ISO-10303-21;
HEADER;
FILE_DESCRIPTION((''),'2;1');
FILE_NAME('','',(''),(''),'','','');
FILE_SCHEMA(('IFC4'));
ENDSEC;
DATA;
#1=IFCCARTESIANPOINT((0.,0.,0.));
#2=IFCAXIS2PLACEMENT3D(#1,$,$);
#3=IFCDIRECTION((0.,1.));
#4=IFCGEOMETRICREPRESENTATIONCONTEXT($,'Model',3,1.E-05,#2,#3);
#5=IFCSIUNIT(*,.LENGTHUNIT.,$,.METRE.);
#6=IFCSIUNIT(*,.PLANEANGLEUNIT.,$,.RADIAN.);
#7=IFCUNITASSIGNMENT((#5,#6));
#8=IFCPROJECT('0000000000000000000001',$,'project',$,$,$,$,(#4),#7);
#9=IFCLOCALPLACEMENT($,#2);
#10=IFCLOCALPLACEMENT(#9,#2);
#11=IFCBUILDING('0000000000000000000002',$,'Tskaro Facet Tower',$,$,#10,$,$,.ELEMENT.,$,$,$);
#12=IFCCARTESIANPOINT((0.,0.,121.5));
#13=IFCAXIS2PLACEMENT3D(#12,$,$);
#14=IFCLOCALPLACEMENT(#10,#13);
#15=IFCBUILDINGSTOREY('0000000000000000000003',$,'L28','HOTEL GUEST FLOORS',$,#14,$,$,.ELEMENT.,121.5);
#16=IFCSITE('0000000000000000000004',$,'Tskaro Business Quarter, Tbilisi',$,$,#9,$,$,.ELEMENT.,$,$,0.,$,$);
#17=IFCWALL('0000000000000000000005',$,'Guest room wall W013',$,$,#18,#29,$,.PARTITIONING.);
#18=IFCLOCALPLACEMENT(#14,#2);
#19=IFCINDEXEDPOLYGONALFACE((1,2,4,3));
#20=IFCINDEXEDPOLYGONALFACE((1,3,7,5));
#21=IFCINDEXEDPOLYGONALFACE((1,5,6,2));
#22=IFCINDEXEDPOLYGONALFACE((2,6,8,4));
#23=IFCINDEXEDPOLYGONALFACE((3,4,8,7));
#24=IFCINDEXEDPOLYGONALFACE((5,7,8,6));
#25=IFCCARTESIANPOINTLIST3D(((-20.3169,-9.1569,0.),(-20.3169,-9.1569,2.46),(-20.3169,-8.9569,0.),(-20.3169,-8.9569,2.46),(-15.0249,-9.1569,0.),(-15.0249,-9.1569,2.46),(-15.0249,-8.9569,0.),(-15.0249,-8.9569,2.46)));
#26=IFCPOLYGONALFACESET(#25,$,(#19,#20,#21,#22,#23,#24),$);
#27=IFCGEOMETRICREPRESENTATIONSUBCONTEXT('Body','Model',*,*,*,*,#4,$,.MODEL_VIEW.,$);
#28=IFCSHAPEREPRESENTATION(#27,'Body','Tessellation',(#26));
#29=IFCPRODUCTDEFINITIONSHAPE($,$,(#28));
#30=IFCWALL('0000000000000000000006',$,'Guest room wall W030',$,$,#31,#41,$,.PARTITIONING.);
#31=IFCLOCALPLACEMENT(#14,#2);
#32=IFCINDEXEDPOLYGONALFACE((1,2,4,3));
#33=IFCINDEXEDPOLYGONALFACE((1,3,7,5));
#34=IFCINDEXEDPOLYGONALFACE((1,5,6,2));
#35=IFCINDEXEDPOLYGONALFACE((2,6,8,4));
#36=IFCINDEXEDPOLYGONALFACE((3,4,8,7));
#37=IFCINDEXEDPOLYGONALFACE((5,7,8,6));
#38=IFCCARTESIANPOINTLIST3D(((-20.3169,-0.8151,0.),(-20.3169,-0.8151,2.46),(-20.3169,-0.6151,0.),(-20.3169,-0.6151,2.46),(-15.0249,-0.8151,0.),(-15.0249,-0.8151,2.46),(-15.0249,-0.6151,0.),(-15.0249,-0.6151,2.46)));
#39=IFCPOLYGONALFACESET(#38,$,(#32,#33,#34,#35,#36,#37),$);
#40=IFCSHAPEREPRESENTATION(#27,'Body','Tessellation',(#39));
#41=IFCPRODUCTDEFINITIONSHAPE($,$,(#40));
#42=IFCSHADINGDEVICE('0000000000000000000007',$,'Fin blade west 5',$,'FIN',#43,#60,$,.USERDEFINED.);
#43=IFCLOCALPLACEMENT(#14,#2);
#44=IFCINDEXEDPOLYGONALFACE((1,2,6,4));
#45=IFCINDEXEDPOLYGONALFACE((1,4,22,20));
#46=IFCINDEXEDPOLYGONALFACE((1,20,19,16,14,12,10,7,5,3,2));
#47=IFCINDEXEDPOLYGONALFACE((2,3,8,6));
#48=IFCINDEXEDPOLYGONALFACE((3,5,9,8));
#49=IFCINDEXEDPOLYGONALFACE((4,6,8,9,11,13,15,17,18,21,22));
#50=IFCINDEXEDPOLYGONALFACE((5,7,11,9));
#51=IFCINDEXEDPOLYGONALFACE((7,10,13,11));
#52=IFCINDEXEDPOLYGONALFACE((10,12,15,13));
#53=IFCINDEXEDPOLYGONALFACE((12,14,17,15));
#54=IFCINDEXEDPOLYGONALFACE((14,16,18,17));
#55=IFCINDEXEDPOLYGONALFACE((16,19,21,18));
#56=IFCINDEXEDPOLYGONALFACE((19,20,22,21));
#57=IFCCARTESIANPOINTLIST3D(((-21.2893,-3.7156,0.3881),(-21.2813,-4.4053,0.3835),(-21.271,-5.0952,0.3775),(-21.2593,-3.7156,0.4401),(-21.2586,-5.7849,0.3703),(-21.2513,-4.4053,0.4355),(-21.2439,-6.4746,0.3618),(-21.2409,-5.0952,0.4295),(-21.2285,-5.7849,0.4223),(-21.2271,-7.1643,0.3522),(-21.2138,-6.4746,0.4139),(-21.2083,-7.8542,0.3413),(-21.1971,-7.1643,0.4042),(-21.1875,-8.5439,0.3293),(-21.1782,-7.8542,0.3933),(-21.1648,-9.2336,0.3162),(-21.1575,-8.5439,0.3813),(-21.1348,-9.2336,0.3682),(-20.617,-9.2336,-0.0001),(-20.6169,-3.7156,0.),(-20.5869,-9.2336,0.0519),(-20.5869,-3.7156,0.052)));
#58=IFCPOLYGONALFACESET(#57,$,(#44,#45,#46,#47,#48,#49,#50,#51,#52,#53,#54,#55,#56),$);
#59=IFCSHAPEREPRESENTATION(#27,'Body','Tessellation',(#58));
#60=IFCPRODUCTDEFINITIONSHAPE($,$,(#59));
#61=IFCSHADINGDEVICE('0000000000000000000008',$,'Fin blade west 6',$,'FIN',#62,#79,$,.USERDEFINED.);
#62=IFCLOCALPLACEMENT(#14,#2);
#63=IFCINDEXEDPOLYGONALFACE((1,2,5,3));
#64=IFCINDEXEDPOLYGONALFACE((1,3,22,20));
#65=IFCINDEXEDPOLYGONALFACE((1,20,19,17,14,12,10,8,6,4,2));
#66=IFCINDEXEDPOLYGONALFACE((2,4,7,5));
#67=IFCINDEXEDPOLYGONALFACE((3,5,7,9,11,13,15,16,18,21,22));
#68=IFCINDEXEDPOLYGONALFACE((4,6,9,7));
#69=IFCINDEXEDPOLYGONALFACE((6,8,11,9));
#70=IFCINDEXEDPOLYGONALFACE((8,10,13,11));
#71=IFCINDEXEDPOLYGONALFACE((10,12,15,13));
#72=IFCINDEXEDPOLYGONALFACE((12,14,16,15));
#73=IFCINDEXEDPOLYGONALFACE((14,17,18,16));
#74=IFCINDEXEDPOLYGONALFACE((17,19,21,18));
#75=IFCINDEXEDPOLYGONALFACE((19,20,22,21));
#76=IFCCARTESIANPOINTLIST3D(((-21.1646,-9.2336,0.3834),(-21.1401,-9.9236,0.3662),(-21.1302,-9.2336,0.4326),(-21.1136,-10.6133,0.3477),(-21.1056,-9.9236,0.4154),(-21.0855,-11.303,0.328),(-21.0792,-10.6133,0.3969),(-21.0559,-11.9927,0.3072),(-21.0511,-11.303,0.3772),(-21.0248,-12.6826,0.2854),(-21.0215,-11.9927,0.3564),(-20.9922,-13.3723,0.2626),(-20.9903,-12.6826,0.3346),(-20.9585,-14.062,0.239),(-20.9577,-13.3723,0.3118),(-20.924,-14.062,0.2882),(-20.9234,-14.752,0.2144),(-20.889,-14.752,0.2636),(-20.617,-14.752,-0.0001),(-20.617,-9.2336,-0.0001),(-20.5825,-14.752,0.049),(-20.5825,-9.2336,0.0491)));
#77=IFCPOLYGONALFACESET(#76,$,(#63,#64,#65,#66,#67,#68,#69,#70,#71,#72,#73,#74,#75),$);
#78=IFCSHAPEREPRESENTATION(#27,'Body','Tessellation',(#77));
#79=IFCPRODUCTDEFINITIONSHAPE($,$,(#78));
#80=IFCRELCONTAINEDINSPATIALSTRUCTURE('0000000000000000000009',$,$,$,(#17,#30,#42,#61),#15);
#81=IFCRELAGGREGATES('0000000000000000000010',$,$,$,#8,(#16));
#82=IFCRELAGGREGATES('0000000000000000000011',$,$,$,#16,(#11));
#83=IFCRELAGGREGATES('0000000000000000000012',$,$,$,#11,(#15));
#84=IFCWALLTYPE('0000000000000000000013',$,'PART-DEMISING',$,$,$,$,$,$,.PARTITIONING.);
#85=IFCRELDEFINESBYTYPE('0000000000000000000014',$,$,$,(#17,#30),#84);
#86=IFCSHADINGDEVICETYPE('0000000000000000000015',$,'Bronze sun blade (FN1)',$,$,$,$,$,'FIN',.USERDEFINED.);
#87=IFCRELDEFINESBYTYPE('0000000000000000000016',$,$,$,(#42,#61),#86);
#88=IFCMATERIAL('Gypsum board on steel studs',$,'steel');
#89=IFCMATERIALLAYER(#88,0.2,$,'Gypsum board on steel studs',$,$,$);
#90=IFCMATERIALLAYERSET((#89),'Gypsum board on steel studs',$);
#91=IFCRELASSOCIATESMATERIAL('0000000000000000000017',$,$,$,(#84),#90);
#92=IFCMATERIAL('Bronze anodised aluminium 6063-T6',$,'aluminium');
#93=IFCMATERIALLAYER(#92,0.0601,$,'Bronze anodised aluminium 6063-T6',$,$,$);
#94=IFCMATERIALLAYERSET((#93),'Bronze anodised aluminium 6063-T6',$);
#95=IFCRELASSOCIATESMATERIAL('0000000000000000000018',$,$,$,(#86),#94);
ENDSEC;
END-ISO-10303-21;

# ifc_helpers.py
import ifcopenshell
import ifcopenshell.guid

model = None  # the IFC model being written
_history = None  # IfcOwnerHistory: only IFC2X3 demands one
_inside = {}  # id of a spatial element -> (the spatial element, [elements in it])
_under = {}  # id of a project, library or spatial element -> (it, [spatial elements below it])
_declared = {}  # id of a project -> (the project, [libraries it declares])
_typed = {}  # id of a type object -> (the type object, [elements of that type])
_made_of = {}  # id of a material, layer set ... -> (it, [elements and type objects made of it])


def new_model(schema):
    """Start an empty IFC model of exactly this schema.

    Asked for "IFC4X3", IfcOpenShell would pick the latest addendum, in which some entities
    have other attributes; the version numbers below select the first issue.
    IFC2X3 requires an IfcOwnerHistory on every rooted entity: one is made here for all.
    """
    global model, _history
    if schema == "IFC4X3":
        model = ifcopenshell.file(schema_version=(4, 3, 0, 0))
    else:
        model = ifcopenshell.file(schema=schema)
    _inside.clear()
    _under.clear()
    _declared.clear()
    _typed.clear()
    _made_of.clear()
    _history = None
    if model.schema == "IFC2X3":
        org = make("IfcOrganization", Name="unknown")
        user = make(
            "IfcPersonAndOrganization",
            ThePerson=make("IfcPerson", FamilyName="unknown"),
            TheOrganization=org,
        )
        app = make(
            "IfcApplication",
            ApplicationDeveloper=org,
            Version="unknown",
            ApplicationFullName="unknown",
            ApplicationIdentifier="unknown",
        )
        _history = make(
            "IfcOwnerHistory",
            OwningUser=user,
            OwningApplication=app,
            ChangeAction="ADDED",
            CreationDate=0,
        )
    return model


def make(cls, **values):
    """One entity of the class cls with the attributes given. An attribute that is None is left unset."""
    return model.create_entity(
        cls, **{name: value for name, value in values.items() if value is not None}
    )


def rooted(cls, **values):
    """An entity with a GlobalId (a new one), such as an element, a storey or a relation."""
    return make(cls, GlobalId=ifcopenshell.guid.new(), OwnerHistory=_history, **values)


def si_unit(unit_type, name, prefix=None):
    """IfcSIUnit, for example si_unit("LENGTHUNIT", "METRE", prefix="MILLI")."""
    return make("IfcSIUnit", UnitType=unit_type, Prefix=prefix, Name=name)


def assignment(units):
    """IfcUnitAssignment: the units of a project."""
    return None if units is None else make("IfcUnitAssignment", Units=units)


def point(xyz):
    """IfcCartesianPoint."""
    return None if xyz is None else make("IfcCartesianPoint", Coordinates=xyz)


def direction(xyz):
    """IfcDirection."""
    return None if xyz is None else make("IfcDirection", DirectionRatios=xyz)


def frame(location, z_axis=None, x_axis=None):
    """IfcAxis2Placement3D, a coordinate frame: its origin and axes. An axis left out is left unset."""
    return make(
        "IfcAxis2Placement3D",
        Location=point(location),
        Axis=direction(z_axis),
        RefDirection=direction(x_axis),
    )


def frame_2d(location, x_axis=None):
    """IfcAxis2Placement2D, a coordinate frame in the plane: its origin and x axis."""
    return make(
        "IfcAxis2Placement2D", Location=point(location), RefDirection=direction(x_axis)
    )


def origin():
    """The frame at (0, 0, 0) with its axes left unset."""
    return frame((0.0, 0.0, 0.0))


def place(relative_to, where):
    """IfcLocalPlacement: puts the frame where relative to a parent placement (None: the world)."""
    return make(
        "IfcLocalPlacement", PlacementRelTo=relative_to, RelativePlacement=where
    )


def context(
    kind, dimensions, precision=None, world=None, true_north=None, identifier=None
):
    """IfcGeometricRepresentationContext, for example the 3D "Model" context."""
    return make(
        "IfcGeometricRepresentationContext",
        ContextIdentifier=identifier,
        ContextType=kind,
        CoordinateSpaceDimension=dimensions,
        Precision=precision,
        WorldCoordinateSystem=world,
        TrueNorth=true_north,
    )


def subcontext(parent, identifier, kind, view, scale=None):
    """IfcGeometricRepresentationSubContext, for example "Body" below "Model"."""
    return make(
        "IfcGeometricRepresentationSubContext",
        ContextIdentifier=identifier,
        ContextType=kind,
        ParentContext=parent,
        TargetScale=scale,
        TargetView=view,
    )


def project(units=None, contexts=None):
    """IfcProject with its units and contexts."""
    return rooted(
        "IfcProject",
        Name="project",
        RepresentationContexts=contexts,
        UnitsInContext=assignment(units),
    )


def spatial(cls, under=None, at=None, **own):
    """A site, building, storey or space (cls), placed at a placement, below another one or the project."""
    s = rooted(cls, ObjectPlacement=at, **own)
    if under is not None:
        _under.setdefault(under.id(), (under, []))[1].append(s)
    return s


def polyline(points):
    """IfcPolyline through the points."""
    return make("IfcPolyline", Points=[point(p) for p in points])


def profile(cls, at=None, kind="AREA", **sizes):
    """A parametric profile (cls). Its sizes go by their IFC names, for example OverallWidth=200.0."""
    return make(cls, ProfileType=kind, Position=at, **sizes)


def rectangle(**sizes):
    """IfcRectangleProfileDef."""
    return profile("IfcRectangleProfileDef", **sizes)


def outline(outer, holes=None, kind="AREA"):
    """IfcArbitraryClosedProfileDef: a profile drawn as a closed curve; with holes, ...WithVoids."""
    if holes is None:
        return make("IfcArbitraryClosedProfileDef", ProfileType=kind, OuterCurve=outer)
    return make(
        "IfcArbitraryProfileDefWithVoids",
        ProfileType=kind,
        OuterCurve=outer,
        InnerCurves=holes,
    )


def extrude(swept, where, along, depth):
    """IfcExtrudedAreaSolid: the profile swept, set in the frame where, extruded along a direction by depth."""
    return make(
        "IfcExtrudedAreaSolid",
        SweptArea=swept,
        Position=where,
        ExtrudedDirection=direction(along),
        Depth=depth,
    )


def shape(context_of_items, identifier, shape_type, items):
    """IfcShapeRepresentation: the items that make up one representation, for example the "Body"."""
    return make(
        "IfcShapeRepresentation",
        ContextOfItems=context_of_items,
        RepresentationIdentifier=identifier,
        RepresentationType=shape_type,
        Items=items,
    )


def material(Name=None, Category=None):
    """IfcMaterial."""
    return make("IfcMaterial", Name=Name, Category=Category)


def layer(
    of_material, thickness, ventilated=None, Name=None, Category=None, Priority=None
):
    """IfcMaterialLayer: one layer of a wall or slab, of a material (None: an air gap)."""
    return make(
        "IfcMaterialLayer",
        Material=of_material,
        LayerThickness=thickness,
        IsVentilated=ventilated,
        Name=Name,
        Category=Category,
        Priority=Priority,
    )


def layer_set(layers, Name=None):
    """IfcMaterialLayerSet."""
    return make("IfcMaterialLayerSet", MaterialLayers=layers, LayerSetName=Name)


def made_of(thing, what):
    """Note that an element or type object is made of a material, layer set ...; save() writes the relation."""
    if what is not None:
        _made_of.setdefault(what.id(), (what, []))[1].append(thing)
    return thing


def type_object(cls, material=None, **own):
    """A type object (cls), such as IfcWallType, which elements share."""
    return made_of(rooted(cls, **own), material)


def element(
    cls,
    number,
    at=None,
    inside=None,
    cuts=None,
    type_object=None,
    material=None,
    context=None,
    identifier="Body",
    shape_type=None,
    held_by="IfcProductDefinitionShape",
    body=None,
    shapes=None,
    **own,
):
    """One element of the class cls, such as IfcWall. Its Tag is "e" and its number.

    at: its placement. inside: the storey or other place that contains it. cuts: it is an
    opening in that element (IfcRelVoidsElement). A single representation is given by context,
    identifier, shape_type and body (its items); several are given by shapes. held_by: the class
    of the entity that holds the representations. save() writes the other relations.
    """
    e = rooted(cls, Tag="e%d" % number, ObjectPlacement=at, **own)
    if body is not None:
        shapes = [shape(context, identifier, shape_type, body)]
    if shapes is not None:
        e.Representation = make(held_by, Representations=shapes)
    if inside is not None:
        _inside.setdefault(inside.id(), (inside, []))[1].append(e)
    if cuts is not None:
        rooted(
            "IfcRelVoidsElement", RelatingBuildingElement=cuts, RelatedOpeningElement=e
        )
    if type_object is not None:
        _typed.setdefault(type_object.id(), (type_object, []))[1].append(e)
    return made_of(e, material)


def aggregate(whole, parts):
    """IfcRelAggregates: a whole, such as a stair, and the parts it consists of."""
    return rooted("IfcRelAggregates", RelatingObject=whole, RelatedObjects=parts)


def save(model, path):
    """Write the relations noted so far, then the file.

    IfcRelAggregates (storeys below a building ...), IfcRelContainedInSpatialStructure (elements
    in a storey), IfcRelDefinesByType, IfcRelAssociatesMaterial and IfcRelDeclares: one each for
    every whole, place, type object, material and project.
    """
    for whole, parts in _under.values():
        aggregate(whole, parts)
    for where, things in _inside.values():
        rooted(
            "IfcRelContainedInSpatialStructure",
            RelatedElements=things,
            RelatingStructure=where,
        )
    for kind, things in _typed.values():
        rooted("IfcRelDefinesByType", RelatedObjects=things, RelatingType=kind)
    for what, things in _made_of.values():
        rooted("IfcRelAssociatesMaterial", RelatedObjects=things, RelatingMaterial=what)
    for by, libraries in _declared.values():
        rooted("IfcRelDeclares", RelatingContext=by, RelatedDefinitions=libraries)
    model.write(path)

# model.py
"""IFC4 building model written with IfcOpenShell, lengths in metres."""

from ifc_helpers import new_model, si_unit, direction, frame, frame_2d, origin, place, context, subcontext, project, spatial, polyline, rectangle, outline, extrude, material, layer, layer_set, type_object, element, save


model = new_model("IFC4")

# Units and contexts
model_context = context("Model", 3, precision=1e-05, world=origin(), true_north=direction((0.0, 1.0)))
body_context = subcontext(model_context, "Body", "Model", "MODEL_VIEW")
ifc_project = project(units=[si_unit("LENGTHUNIT", "METRE"), si_unit("PLANEANGLEUNIT", "RADIAN")], contexts=[model_context])

# Site, building, storey
site_placement = place(None, origin())
site = spatial("IfcSite", under=ifc_project, at=site_placement, Name="Tskaro Business Quarter, Tbilisi", CompositionType="ELEMENT", RefElevation=0.0)
building_placement = place(site_placement, origin())
building = spatial("IfcBuilding", under=site, at=building_placement, Name="Tskaro Facet Tower", CompositionType="ELEMENT")
storey_placement = place(building_placement, frame((0.0, 0.0, 121.5)))
storey = spatial("IfcBuildingStorey", under=building, at=storey_placement, Name="L28", Description="HOTEL GUEST FLOORS", CompositionType="ELEMENT", Elevation=121.5)

# Shared definitions
ifc_material_1 = material(Name="Bronze anodised aluminium 6063-T6", Category="aluminium")

# Shared definitions
ifc_material_2 = material(Name="Gypsum board on steel studs", Category="steel")

# Walls
ifc_layer_1 = layer(ifc_material_2, 0.2, Name="Gypsum board on steel studs")
ifc_layer_set_1 = layer_set([ifc_layer_1], Name="Gypsum board on steel studs")
wall_type_1 = type_object("IfcWallType", Name="PART-DEMISING", PredefinedType="PARTITIONING", material=ifc_layer_set_1)
for number, where, z_axis, x_axis, name in (
    (1, (-20.3169, -9.0569, 0.0), (0.0, 0.0, 1.0), (1.0, 0.0, 0.0), "Guest room wall W013"),
    (2, (-20.3169, -0.7151, 0.0), (0.0, 0.0, 1.0), (1.0, 0.0, 0.0), "Guest room wall W030"),
):
    element("IfcWall", number, at=place(storey_placement, frame(where, z_axis=z_axis, x_axis=x_axis)), inside=storey, type_object=wall_type_1, Name=name, PredefinedType="PARTITIONING", context=body_context, shape_type="SweptSolid", body=[
        extrude(rectangle(XDim=5.292, YDim=0.2, at=frame_2d((2.646, 0.0))), origin(), (0.0, 0.0, 1.0), 2.46),
    ])

# Shading devices
ifc_layer_2 = layer(ifc_material_1, 0.0601, Name="Bronze anodised aluminium 6063-T6")
ifc_layer_set_2 = layer_set([ifc_layer_2], Name="Bronze anodised aluminium 6063-T6")
shading_device_type = type_object("IfcShadingDeviceType", Name="Bronze sun blade (FN1)", ElementType="FIN", PredefinedType="USERDEFINED", material=ifc_layer_set_2)
shading_device_1_placement = place(storey_placement, frame((-20.5869, -3.7156, 0.052), z_axis=(0.499926, -0.000012, 0.866068), x_axis=(-0.000006, -1.0, -0.00001)))
element("IfcShadingDevice", 3, at=shading_device_1_placement, inside=storey, type_object=shading_device_type, Name="Fin blade west 5", ObjectType="FIN", PredefinedType="USERDEFINED", context=body_context, shape_type="SweptSolid", body=[
    extrude(outline(polyline([(0.0, 0.0), (5.5181, 0.0), (5.5181, -0.6325), (4.8284, -0.6588), (4.1387, -0.6827), (3.4487, -0.7045), (2.759, -0.7239), (2.0693, -0.7408), (1.3796, -0.7551), (0.6897, -0.7671), (0.0, -0.7764), (0.0, 0.0)])), origin(), (0.0, 0.0, -1.0), 0.0601),
])
shading_device_2_placement = place(storey_placement, frame((-20.5825, -9.2336, 0.0491), z_axis=(0.573605, -0.000005, 0.819132), x_axis=(-0.000003, -1.0, -0.000004)))
element("IfcShadingDevice", 4, at=shading_device_2_placement, inside=storey, type_object=shading_device_type, Name="Fin blade west 6", ObjectType="FIN", PredefinedType="USERDEFINED", context=body_context, shape_type="SweptSolid", body=[
    extrude(outline(polyline([(0.0, 0.0), (5.5183, 0.0), (5.5183, -0.3741), (4.8284, -0.4169), (4.1387, -0.4581), (3.449, -0.4978), (2.759, -0.5359), (2.0693, -0.572), (1.3796, -0.6063), (0.6899, -0.6386), (0.0, -0.6686), (0.0, 0.0)])), origin(), (0.0, 0.0, -1.0), 0.0601),
])

save(model, "model.ifc")
